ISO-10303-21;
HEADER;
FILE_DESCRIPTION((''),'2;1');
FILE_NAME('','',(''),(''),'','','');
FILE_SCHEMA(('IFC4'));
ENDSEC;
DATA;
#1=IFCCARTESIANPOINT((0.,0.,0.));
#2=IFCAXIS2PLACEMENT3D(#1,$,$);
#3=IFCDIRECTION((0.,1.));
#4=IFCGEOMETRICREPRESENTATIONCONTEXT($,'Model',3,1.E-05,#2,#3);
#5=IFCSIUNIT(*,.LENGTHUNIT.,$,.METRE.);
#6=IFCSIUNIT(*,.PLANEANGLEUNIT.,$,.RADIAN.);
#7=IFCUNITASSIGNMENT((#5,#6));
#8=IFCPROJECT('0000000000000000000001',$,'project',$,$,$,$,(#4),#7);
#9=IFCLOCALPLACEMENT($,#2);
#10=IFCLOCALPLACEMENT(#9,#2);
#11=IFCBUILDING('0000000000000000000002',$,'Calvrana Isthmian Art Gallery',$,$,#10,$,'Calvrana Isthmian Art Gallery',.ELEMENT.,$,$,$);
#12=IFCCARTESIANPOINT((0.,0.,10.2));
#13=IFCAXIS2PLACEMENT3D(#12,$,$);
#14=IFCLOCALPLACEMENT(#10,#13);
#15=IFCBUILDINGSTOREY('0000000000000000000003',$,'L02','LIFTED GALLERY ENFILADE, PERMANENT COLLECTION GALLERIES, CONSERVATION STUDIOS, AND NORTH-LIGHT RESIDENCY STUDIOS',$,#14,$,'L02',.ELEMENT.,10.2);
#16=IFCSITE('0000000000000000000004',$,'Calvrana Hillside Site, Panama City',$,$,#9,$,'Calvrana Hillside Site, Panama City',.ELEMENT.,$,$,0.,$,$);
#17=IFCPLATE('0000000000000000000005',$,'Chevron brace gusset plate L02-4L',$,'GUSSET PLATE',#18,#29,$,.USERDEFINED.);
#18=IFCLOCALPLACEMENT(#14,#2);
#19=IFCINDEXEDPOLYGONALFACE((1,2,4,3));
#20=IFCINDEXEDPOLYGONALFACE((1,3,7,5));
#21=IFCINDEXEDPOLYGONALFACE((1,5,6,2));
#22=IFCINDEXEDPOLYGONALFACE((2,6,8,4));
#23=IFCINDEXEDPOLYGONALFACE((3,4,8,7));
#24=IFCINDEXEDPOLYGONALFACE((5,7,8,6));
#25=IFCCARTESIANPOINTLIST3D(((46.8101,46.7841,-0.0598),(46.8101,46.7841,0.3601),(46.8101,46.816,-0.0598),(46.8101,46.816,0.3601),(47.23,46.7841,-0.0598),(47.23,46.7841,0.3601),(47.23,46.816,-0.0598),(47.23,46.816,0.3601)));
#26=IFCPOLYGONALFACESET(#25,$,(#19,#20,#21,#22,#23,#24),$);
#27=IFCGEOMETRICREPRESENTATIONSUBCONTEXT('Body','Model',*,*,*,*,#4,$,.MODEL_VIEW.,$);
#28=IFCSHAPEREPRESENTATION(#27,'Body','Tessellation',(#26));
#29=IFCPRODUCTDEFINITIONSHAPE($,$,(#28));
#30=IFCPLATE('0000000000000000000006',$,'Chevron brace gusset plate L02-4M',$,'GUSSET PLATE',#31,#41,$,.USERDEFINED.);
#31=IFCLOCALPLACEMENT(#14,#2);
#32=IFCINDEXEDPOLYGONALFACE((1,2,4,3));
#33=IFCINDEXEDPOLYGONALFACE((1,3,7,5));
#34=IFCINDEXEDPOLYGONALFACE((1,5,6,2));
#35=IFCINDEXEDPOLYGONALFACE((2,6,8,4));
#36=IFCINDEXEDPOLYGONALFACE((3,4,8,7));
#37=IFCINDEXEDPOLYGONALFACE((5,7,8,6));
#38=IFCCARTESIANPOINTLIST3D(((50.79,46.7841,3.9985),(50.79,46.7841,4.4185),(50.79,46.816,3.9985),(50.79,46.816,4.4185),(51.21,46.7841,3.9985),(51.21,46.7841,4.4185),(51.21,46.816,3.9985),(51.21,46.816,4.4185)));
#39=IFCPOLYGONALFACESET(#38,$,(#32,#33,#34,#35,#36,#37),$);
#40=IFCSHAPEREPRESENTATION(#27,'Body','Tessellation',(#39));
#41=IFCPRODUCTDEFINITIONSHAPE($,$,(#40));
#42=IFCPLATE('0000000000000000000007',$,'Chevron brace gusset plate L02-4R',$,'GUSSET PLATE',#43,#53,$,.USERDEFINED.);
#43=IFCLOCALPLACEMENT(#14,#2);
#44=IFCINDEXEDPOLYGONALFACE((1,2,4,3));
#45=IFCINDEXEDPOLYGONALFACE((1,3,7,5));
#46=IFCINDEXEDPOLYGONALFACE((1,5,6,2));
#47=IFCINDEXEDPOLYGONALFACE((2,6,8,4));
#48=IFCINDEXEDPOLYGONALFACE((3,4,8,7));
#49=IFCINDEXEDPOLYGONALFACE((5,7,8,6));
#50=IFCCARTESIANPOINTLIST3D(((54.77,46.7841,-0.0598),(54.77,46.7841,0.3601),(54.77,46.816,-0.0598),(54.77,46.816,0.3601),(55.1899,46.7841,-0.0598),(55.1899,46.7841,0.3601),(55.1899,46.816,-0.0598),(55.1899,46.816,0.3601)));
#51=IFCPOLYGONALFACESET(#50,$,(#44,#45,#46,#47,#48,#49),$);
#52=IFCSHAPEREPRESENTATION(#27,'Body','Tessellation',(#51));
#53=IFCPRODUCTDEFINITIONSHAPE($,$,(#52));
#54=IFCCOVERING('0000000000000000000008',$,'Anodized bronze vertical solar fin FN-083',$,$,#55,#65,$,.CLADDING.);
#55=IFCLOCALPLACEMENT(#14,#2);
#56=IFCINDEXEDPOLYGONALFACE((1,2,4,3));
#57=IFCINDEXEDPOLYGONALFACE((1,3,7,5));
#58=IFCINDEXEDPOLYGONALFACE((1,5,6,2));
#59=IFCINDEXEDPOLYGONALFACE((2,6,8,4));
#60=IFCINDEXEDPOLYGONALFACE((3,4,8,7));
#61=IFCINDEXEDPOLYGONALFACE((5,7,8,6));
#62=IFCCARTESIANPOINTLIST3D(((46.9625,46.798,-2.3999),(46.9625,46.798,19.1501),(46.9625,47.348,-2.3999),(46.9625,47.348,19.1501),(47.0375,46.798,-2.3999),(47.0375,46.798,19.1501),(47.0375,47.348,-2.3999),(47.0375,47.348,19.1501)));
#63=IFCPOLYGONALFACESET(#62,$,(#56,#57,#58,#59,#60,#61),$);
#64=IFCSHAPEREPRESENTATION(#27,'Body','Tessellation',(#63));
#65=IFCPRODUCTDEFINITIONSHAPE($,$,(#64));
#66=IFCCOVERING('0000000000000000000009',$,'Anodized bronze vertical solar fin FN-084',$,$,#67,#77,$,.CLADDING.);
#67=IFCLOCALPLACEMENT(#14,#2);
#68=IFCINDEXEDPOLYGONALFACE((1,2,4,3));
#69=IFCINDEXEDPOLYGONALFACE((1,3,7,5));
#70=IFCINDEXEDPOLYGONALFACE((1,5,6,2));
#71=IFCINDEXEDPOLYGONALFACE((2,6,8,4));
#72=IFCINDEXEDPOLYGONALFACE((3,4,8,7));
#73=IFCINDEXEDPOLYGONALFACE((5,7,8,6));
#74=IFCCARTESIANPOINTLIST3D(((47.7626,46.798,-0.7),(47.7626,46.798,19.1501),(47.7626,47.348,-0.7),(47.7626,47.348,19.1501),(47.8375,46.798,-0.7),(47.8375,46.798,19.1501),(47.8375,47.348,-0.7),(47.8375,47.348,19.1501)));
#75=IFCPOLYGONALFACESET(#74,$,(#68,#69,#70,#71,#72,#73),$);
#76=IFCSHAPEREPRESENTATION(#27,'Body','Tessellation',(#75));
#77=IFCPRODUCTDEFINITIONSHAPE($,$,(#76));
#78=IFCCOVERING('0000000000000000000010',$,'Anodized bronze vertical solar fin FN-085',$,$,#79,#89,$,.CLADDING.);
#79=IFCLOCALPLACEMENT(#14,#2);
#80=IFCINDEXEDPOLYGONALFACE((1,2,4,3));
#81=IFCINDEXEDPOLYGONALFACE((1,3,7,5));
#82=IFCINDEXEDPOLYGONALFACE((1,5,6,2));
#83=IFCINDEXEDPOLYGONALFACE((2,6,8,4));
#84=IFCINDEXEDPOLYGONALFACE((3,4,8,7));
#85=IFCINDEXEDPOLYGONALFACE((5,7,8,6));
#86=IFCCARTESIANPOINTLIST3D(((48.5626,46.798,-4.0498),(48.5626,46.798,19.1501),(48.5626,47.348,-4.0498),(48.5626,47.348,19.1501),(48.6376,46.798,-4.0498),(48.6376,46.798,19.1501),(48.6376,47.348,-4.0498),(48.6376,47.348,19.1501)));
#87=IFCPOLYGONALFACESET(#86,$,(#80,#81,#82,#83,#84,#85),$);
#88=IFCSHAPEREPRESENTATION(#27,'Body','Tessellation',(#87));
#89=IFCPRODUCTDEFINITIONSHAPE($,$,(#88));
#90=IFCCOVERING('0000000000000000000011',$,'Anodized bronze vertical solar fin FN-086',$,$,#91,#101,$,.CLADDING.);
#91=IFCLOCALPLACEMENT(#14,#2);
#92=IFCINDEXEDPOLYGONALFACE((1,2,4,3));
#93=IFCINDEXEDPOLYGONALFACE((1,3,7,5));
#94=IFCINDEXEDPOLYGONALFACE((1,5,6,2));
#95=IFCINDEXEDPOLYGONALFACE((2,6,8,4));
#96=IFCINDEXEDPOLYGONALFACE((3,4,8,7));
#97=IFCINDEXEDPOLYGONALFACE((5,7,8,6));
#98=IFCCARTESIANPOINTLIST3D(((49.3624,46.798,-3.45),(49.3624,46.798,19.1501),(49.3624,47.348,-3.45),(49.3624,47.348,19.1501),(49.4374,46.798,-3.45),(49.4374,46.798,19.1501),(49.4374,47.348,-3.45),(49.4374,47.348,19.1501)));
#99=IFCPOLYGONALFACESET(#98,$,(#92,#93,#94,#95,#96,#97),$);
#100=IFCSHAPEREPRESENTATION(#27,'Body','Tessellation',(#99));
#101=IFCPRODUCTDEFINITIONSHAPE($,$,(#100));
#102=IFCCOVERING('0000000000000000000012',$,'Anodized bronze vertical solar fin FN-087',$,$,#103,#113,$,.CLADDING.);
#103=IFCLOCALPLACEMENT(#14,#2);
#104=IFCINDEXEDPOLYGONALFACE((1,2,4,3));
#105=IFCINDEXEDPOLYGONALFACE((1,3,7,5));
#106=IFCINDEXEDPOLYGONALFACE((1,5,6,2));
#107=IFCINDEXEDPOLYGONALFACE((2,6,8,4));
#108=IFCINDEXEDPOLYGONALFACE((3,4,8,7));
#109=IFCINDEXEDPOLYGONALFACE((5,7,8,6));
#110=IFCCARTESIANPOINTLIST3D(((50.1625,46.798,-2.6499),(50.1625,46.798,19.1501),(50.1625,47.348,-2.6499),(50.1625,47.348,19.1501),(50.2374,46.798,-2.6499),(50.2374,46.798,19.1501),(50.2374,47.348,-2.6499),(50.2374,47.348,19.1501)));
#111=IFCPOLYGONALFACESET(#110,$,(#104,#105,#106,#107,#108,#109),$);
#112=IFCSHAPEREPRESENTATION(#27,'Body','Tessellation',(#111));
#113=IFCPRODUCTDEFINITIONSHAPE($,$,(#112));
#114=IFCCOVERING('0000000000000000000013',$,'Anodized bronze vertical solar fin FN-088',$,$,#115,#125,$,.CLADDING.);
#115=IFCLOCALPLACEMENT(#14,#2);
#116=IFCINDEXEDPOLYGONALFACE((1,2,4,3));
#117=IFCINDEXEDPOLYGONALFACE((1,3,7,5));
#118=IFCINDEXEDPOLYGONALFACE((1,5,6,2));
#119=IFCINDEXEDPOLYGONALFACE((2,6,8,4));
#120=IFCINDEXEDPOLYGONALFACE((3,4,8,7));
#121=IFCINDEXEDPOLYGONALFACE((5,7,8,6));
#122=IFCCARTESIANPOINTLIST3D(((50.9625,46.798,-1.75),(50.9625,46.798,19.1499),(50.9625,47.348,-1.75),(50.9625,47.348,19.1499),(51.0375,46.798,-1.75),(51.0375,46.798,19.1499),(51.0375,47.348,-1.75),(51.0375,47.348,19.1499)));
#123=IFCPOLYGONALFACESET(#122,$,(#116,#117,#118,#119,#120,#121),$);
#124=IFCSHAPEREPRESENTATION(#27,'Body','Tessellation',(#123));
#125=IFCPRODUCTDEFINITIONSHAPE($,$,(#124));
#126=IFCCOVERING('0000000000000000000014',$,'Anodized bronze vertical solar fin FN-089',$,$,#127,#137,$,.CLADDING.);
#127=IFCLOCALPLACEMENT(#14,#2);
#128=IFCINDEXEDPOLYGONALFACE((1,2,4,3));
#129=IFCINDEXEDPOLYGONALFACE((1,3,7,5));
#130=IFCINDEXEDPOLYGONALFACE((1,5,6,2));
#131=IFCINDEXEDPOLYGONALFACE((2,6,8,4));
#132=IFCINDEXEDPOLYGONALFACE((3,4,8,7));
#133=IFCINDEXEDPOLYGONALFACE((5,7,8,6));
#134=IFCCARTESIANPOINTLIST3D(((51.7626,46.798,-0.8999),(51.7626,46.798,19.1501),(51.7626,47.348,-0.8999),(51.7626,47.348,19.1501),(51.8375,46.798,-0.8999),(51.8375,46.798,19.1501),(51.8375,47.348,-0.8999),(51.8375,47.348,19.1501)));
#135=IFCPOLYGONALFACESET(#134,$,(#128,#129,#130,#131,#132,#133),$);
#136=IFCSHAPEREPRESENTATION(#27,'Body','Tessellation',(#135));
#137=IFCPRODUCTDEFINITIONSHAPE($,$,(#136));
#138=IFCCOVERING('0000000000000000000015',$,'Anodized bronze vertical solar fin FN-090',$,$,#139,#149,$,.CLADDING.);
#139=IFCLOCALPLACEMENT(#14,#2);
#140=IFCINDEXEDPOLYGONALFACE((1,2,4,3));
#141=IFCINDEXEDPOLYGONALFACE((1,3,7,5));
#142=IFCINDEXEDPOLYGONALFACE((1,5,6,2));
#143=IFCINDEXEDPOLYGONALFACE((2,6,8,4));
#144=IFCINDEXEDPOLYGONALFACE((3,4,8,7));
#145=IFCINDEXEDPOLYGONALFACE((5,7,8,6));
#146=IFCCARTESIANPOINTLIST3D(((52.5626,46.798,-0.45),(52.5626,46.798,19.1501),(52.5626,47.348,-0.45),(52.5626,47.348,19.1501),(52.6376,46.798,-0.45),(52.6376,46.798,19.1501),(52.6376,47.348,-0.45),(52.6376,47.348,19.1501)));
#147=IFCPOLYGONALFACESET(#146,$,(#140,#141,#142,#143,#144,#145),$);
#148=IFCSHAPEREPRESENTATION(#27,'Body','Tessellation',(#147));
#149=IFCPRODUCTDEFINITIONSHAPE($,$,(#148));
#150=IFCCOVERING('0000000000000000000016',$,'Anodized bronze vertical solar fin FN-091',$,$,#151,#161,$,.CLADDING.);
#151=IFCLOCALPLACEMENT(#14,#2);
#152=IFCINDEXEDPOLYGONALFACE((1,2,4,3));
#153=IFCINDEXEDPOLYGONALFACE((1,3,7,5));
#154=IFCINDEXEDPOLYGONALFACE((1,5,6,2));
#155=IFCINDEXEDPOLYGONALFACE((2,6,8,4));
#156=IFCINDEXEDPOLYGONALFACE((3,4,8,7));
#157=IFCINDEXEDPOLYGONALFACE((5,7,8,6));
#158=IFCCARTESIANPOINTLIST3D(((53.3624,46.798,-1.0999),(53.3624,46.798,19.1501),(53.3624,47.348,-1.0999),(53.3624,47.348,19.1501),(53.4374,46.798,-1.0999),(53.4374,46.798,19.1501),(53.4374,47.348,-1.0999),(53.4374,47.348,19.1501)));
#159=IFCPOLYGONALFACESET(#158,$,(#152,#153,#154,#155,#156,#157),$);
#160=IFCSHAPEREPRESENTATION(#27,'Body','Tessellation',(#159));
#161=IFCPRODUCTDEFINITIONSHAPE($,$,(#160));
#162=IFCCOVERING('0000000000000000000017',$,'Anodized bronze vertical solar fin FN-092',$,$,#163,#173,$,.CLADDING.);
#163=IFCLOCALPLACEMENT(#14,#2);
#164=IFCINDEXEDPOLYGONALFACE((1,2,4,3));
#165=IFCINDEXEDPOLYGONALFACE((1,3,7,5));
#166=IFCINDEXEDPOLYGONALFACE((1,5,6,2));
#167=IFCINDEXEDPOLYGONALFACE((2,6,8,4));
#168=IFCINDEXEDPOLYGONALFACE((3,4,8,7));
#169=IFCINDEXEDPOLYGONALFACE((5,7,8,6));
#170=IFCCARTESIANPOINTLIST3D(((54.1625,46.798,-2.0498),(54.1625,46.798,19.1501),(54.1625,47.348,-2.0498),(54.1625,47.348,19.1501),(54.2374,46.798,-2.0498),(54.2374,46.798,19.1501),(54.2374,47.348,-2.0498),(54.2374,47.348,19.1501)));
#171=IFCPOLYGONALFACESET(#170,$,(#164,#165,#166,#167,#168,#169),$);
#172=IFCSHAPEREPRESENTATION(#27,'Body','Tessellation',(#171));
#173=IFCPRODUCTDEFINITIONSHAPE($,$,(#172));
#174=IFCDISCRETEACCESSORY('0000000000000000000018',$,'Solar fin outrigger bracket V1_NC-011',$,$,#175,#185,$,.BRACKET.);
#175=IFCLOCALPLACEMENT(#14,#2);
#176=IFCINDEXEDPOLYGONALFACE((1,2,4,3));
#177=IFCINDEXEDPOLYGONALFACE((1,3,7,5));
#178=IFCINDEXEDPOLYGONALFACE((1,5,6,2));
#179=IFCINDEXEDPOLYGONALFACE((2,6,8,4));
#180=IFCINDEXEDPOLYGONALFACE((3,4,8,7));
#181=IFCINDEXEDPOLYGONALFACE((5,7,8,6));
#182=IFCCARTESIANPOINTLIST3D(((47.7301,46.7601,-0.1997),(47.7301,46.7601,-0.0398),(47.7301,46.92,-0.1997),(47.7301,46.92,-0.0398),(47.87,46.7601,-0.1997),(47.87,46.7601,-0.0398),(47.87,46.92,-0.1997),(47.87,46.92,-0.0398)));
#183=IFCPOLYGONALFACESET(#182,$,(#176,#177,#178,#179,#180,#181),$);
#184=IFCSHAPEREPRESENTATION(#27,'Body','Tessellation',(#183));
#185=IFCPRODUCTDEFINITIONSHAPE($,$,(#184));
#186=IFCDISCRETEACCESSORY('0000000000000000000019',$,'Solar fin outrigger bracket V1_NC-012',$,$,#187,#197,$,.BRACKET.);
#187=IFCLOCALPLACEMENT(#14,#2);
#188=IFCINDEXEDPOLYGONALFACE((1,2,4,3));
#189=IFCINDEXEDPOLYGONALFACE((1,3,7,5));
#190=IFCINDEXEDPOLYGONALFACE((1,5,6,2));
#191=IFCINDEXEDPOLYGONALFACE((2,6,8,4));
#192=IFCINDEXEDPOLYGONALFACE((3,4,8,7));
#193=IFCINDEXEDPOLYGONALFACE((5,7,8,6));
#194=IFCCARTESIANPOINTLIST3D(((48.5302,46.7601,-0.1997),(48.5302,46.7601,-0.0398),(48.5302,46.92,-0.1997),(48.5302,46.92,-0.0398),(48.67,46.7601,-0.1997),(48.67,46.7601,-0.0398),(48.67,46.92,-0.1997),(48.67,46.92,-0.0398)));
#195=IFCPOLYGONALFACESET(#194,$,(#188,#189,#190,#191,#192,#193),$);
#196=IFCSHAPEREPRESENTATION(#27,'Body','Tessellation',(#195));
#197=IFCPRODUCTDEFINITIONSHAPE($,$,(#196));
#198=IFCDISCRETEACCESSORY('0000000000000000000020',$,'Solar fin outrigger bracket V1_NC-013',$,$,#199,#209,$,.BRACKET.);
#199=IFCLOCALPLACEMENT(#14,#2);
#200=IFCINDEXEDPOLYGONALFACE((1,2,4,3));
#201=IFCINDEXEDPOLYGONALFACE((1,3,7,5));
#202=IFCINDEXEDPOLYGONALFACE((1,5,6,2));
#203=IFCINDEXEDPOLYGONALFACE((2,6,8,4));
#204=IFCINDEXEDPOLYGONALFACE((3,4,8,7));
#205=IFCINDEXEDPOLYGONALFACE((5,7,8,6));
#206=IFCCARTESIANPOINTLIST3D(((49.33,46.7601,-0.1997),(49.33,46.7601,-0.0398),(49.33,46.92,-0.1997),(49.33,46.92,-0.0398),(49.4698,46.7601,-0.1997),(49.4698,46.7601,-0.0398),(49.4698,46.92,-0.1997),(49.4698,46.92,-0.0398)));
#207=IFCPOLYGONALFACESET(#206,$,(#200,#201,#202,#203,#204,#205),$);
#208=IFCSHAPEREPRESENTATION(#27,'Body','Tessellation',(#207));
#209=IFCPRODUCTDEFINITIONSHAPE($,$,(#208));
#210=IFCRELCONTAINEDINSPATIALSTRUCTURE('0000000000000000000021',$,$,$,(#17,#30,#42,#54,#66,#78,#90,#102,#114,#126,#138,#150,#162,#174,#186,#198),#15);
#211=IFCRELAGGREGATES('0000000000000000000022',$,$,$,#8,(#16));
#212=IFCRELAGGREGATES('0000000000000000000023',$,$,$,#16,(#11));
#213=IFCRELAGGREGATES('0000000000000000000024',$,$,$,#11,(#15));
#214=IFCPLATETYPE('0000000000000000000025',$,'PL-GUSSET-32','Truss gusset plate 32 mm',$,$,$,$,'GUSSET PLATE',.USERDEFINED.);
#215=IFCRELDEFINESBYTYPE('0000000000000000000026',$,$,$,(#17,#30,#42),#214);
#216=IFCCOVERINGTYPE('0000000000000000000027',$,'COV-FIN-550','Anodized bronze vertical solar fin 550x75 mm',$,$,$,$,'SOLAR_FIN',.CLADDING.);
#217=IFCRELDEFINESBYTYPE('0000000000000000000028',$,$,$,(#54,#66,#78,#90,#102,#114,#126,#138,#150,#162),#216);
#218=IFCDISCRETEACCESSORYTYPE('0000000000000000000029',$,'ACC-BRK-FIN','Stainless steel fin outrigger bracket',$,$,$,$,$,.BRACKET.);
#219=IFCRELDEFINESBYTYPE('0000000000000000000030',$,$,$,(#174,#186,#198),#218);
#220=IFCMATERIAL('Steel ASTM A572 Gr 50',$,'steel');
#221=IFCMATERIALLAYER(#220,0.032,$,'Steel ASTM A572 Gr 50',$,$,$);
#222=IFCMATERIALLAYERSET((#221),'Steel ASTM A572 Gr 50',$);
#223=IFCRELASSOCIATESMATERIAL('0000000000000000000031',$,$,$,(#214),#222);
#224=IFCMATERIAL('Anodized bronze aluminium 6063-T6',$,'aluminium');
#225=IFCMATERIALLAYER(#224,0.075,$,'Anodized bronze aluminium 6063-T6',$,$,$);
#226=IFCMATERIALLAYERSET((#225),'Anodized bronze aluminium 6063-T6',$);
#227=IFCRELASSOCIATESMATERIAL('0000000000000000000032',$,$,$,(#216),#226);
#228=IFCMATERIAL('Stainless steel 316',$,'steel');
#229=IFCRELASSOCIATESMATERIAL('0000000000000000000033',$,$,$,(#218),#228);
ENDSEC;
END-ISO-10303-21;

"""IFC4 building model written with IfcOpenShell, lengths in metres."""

from ifc_helpers import new_model, si_unit, direction, frame, origin, origin_2d, place, context, subcontext, project, spatial, rectangle, extrude, material, layer, layer_set, type_object, element, save


model = new_model("IFC4")

# Units and contexts
model_context = context("Model", 3, precision=1e-05, world=origin(), true_north=direction((0.0, 1.0)))
body_context = subcontext(model_context, "Body", "Model", "MODEL_VIEW")
ifc_project = project(units=[si_unit("LENGTHUNIT", "METRE"), si_unit("PLANEANGLEUNIT", "RADIAN")], contexts=[model_context])

# Site, building, storey
site_placement = place(None, origin())
site = spatial("IfcSite", under=ifc_project, at=site_placement, Name="Calvrana Hillside Site, Panama City", LongName="Calvrana Hillside Site, Panama City", CompositionType="ELEMENT", RefElevation=0.0)
building_placement = place(site_placement, origin())
building = spatial("IfcBuilding", under=site, at=building_placement, Name="Calvrana Isthmian Art Gallery", LongName="Calvrana Isthmian Art Gallery", CompositionType="ELEMENT")
storey_placement = place(building_placement, frame((0.0, 0.0, 10.2)))
storey = spatial("IfcBuildingStorey", under=building, at=storey_placement, Name="L02", Description="LIFTED GALLERY ENFILADE, PERMANENT COLLECTION GALLERIES, CONSERVATION STUDIOS, AND NORTH-LIGHT RESIDENCY STUDIOS", LongName="L02", CompositionType="ELEMENT", Elevation=10.2)

# Plates
ifc_material_1 = material(Name="Steel ASTM A572 Gr 50", Category="steel")
ifc_layer_1 = layer(ifc_material_1, 0.032, Name="Steel ASTM A572 Gr 50")
ifc_layer_set_1 = layer_set([ifc_layer_1], Name="Steel ASTM A572 Gr 50")
plate_type = type_object("IfcPlateType", Name="PL-GUSSET-32", Description="Truss gusset plate 32 mm", ElementType="GUSSET PLATE", PredefinedType="USERDEFINED", material=ifc_layer_set_1)
for number, where, z_axis, x_axis, name in (
    (1, (47.02, 46.8, -0.0598), (0.0, 0.0, 1.0), (1.0, 0.0, 0.0), "Chevron brace gusset plate L02-4L"),
    (2, (51.0, 46.8, 3.9985), (0.0, 0.0, 1.0), (1.0, 0.0, 0.0), "Chevron brace gusset plate L02-4M"),
    (3, (54.98, 46.8, -0.0598), (0.0, 0.0, 1.0), (1.0, 0.0, 0.0), "Chevron brace gusset plate L02-4R"),
):
    element("IfcPlate", number, at=place(storey_placement, frame(where, z_axis=z_axis, x_axis=x_axis)), inside=storey, type_object=plate_type, Name=name, ObjectType="GUSSET PLATE", PredefinedType="USERDEFINED", context=body_context, shape_type="SweptSolid", body=[
        extrude(rectangle(XDim=0.4199, YDim=0.032, at=origin_2d()), origin(), (0.0, 0.0, 1.0), 0.4199),
    ])

# Coverings
ifc_material_2 = material(Name="Anodized bronze aluminium 6063-T6", Category="aluminium")
ifc_layer_2 = layer(ifc_material_2, 0.075, Name="Anodized bronze aluminium 6063-T6")
ifc_layer_set_2 = layer_set([ifc_layer_2], Name="Anodized bronze aluminium 6063-T6")
covering_type = type_object("IfcCoveringType", Name="COV-FIN-550", Description="Anodized bronze vertical solar fin 550x75 mm", ElementType="SOLAR_FIN", PredefinedType="CLADDING", material=ifc_layer_set_2)
covering_1_placement = place(storey_placement, frame((47.0, 47.073, -2.3999), z_axis=(0.0, 0.0, 1.0), x_axis=(1.0, 0.0, 0.0)))
element("IfcCovering", 4, at=covering_1_placement, inside=storey, type_object=covering_type, Name="Anodized bronze vertical solar fin FN-083", PredefinedType="CLADDING", context=body_context, shape_type="SweptSolid", body=[
    extrude(rectangle(XDim=0.075, YDim=0.55, at=origin_2d()), origin(), (0.0, 0.0, 1.0), 21.55),
])
covering_2_placement = place(storey_placement, frame((47.8, 47.073, -0.7), z_axis=(0.0, 0.0, 1.0), x_axis=(1.0, 0.0, 0.0)))
element("IfcCovering", 5, at=covering_2_placement, inside=storey, type_object=covering_type, Name="Anodized bronze vertical solar fin FN-084", PredefinedType="CLADDING", context=body_context, shape_type="SweptSolid", body=[
    extrude(rectangle(XDim=0.075, YDim=0.55, at=origin_2d()), origin(), (0.0, 0.0, 1.0), 19.8501),
])
covering_3_placement = place(storey_placement, frame((48.6001, 47.073, -4.0498), z_axis=(0.0, 0.0, 1.0), x_axis=(1.0, 0.0, 0.0)))
element("IfcCovering", 6, at=covering_3_placement, inside=storey, type_object=covering_type, Name="Anodized bronze vertical solar fin FN-085", PredefinedType="CLADDING", context=body_context, shape_type="SweptSolid", body=[
    extrude(rectangle(XDim=0.075, YDim=0.55, at=origin_2d()), origin(), (0.0, 0.0, 1.0), 23.2),
])
covering_4_placement = place(storey_placement, frame((49.3999, 47.073, -3.45), z_axis=(0.0, 0.0, 1.0), x_axis=(1.0, 0.0, 0.0)))
element("IfcCovering", 7, at=covering_4_placement, inside=storey, type_object=covering_type, Name="Anodized bronze vertical solar fin FN-086", PredefinedType="CLADDING", context=body_context, shape_type="SweptSolid", body=[
    extrude(rectangle(XDim=0.075, YDim=0.55, at=origin_2d()), origin(), (0.0, 0.0, 1.0), 22.6001),
])
covering_5_placement = place(storey_placement, frame((50.2, 47.073, -2.6499), z_axis=(0.0, 0.0, 1.0), x_axis=(1.0, 0.0, 0.0)))
element("IfcCovering", 8, at=covering_5_placement, inside=storey, type_object=covering_type, Name="Anodized bronze vertical solar fin FN-087", PredefinedType="CLADDING", context=body_context, shape_type="SweptSolid", body=[
    extrude(rectangle(XDim=0.075, YDim=0.55, at=origin_2d()), origin(), (0.0, 0.0, 1.0), 21.8),
])
covering_6_placement = place(storey_placement, frame((51.0, 47.073, -1.75), z_axis=(0.0, 0.0, 1.0), x_axis=(1.0, 0.0, 0.0)))
element("IfcCovering", 9, at=covering_6_placement, inside=storey, type_object=covering_type, Name="Anodized bronze vertical solar fin FN-088", PredefinedType="CLADDING", context=body_context, shape_type="SweptSolid", body=[
    extrude(rectangle(XDim=0.075, YDim=0.55, at=origin_2d()), origin(), (0.0, 0.0, 1.0), 20.8999),
])
covering_7_placement = place(storey_placement, frame((51.8, 47.073, -0.8999), z_axis=(0.0, 0.0, 1.0), x_axis=(1.0, 0.0, 0.0)))
element("IfcCovering", 10, at=covering_7_placement, inside=storey, type_object=covering_type, Name="Anodized bronze vertical solar fin FN-089", PredefinedType="CLADDING", context=body_context, shape_type="SweptSolid", body=[
    extrude(rectangle(XDim=0.075, YDim=0.55, at=origin_2d()), origin(), (0.0, 0.0, 1.0), 20.05),
])
covering_8_placement = place(storey_placement, frame((52.6001, 47.073, -0.45), z_axis=(0.0, 0.0, 1.0), x_axis=(1.0, 0.0, 0.0)))
element("IfcCovering", 11, at=covering_8_placement, inside=storey, type_object=covering_type, Name="Anodized bronze vertical solar fin FN-090", PredefinedType="CLADDING", context=body_context, shape_type="SweptSolid", body=[
    extrude(rectangle(XDim=0.075, YDim=0.55, at=origin_2d()), origin(), (0.0, 0.0, 1.0), 19.6001),
])
covering_9_placement = place(storey_placement, frame((53.3999, 47.073, -1.0999), z_axis=(0.0, 0.0, 1.0), x_axis=(1.0, 0.0, 0.0)))
element("IfcCovering", 12, at=covering_9_placement, inside=storey, type_object=covering_type, Name="Anodized bronze vertical solar fin FN-091", PredefinedType="CLADDING", context=body_context, shape_type="SweptSolid", body=[
    extrude(rectangle(XDim=0.075, YDim=0.55, at=origin_2d()), origin(), (0.0, 0.0, 1.0), 20.25),
])
covering_10_placement = place(storey_placement, frame((54.2, 47.073, -2.0498), z_axis=(0.0, 0.0, 1.0), x_axis=(1.0, 0.0, 0.0)))
element("IfcCovering", 13, at=covering_10_placement, inside=storey, type_object=covering_type, Name="Anodized bronze vertical solar fin FN-092", PredefinedType="CLADDING", context=body_context, shape_type="SweptSolid", body=[
    extrude(rectangle(XDim=0.075, YDim=0.55, at=origin_2d()), origin(), (0.0, 0.0, 1.0), 21.2),
])

# Discrete accessories
ifc_material_3 = material(Name="Stainless steel 316", Category="steel")
discrete_accessory_type = type_object("IfcDiscreteAccessoryType", Name="ACC-BRK-FIN", Description="Stainless steel fin outrigger bracket", PredefinedType="BRACKET", material=ifc_material_3)
for number, where, z_axis, x_axis, name in (
    (14, (47.8, 46.8401, -0.1997), (0.0, 0.0, 1.0), (1.0, 0.0, 0.0), "Solar fin outrigger bracket V1_NC-011"),
    (15, (48.6001, 46.8401, -0.1997), (0.0, 0.0, 1.0), (1.0, 0.0, 0.0), "Solar fin outrigger bracket V1_NC-012"),
    (16, (49.3999, 46.8401, -0.1997), (0.0, 0.0, 1.0), (1.0, 0.0, 0.0), "Solar fin outrigger bracket V1_NC-013"),
):
    element("IfcDiscreteAccessory", number, at=place(storey_placement, frame(where, z_axis=z_axis, x_axis=x_axis)), inside=storey, type_object=discrete_accessory_type, Name=name, PredefinedType="BRACKET", context=body_context, shape_type="SweptSolid", body=[
        extrude(rectangle(XDim=0.1399, YDim=0.1599, at=origin_2d()), origin(), (0.0, 0.0, 1.0), 0.1599),
    ])

save(model, "model.ifc")
